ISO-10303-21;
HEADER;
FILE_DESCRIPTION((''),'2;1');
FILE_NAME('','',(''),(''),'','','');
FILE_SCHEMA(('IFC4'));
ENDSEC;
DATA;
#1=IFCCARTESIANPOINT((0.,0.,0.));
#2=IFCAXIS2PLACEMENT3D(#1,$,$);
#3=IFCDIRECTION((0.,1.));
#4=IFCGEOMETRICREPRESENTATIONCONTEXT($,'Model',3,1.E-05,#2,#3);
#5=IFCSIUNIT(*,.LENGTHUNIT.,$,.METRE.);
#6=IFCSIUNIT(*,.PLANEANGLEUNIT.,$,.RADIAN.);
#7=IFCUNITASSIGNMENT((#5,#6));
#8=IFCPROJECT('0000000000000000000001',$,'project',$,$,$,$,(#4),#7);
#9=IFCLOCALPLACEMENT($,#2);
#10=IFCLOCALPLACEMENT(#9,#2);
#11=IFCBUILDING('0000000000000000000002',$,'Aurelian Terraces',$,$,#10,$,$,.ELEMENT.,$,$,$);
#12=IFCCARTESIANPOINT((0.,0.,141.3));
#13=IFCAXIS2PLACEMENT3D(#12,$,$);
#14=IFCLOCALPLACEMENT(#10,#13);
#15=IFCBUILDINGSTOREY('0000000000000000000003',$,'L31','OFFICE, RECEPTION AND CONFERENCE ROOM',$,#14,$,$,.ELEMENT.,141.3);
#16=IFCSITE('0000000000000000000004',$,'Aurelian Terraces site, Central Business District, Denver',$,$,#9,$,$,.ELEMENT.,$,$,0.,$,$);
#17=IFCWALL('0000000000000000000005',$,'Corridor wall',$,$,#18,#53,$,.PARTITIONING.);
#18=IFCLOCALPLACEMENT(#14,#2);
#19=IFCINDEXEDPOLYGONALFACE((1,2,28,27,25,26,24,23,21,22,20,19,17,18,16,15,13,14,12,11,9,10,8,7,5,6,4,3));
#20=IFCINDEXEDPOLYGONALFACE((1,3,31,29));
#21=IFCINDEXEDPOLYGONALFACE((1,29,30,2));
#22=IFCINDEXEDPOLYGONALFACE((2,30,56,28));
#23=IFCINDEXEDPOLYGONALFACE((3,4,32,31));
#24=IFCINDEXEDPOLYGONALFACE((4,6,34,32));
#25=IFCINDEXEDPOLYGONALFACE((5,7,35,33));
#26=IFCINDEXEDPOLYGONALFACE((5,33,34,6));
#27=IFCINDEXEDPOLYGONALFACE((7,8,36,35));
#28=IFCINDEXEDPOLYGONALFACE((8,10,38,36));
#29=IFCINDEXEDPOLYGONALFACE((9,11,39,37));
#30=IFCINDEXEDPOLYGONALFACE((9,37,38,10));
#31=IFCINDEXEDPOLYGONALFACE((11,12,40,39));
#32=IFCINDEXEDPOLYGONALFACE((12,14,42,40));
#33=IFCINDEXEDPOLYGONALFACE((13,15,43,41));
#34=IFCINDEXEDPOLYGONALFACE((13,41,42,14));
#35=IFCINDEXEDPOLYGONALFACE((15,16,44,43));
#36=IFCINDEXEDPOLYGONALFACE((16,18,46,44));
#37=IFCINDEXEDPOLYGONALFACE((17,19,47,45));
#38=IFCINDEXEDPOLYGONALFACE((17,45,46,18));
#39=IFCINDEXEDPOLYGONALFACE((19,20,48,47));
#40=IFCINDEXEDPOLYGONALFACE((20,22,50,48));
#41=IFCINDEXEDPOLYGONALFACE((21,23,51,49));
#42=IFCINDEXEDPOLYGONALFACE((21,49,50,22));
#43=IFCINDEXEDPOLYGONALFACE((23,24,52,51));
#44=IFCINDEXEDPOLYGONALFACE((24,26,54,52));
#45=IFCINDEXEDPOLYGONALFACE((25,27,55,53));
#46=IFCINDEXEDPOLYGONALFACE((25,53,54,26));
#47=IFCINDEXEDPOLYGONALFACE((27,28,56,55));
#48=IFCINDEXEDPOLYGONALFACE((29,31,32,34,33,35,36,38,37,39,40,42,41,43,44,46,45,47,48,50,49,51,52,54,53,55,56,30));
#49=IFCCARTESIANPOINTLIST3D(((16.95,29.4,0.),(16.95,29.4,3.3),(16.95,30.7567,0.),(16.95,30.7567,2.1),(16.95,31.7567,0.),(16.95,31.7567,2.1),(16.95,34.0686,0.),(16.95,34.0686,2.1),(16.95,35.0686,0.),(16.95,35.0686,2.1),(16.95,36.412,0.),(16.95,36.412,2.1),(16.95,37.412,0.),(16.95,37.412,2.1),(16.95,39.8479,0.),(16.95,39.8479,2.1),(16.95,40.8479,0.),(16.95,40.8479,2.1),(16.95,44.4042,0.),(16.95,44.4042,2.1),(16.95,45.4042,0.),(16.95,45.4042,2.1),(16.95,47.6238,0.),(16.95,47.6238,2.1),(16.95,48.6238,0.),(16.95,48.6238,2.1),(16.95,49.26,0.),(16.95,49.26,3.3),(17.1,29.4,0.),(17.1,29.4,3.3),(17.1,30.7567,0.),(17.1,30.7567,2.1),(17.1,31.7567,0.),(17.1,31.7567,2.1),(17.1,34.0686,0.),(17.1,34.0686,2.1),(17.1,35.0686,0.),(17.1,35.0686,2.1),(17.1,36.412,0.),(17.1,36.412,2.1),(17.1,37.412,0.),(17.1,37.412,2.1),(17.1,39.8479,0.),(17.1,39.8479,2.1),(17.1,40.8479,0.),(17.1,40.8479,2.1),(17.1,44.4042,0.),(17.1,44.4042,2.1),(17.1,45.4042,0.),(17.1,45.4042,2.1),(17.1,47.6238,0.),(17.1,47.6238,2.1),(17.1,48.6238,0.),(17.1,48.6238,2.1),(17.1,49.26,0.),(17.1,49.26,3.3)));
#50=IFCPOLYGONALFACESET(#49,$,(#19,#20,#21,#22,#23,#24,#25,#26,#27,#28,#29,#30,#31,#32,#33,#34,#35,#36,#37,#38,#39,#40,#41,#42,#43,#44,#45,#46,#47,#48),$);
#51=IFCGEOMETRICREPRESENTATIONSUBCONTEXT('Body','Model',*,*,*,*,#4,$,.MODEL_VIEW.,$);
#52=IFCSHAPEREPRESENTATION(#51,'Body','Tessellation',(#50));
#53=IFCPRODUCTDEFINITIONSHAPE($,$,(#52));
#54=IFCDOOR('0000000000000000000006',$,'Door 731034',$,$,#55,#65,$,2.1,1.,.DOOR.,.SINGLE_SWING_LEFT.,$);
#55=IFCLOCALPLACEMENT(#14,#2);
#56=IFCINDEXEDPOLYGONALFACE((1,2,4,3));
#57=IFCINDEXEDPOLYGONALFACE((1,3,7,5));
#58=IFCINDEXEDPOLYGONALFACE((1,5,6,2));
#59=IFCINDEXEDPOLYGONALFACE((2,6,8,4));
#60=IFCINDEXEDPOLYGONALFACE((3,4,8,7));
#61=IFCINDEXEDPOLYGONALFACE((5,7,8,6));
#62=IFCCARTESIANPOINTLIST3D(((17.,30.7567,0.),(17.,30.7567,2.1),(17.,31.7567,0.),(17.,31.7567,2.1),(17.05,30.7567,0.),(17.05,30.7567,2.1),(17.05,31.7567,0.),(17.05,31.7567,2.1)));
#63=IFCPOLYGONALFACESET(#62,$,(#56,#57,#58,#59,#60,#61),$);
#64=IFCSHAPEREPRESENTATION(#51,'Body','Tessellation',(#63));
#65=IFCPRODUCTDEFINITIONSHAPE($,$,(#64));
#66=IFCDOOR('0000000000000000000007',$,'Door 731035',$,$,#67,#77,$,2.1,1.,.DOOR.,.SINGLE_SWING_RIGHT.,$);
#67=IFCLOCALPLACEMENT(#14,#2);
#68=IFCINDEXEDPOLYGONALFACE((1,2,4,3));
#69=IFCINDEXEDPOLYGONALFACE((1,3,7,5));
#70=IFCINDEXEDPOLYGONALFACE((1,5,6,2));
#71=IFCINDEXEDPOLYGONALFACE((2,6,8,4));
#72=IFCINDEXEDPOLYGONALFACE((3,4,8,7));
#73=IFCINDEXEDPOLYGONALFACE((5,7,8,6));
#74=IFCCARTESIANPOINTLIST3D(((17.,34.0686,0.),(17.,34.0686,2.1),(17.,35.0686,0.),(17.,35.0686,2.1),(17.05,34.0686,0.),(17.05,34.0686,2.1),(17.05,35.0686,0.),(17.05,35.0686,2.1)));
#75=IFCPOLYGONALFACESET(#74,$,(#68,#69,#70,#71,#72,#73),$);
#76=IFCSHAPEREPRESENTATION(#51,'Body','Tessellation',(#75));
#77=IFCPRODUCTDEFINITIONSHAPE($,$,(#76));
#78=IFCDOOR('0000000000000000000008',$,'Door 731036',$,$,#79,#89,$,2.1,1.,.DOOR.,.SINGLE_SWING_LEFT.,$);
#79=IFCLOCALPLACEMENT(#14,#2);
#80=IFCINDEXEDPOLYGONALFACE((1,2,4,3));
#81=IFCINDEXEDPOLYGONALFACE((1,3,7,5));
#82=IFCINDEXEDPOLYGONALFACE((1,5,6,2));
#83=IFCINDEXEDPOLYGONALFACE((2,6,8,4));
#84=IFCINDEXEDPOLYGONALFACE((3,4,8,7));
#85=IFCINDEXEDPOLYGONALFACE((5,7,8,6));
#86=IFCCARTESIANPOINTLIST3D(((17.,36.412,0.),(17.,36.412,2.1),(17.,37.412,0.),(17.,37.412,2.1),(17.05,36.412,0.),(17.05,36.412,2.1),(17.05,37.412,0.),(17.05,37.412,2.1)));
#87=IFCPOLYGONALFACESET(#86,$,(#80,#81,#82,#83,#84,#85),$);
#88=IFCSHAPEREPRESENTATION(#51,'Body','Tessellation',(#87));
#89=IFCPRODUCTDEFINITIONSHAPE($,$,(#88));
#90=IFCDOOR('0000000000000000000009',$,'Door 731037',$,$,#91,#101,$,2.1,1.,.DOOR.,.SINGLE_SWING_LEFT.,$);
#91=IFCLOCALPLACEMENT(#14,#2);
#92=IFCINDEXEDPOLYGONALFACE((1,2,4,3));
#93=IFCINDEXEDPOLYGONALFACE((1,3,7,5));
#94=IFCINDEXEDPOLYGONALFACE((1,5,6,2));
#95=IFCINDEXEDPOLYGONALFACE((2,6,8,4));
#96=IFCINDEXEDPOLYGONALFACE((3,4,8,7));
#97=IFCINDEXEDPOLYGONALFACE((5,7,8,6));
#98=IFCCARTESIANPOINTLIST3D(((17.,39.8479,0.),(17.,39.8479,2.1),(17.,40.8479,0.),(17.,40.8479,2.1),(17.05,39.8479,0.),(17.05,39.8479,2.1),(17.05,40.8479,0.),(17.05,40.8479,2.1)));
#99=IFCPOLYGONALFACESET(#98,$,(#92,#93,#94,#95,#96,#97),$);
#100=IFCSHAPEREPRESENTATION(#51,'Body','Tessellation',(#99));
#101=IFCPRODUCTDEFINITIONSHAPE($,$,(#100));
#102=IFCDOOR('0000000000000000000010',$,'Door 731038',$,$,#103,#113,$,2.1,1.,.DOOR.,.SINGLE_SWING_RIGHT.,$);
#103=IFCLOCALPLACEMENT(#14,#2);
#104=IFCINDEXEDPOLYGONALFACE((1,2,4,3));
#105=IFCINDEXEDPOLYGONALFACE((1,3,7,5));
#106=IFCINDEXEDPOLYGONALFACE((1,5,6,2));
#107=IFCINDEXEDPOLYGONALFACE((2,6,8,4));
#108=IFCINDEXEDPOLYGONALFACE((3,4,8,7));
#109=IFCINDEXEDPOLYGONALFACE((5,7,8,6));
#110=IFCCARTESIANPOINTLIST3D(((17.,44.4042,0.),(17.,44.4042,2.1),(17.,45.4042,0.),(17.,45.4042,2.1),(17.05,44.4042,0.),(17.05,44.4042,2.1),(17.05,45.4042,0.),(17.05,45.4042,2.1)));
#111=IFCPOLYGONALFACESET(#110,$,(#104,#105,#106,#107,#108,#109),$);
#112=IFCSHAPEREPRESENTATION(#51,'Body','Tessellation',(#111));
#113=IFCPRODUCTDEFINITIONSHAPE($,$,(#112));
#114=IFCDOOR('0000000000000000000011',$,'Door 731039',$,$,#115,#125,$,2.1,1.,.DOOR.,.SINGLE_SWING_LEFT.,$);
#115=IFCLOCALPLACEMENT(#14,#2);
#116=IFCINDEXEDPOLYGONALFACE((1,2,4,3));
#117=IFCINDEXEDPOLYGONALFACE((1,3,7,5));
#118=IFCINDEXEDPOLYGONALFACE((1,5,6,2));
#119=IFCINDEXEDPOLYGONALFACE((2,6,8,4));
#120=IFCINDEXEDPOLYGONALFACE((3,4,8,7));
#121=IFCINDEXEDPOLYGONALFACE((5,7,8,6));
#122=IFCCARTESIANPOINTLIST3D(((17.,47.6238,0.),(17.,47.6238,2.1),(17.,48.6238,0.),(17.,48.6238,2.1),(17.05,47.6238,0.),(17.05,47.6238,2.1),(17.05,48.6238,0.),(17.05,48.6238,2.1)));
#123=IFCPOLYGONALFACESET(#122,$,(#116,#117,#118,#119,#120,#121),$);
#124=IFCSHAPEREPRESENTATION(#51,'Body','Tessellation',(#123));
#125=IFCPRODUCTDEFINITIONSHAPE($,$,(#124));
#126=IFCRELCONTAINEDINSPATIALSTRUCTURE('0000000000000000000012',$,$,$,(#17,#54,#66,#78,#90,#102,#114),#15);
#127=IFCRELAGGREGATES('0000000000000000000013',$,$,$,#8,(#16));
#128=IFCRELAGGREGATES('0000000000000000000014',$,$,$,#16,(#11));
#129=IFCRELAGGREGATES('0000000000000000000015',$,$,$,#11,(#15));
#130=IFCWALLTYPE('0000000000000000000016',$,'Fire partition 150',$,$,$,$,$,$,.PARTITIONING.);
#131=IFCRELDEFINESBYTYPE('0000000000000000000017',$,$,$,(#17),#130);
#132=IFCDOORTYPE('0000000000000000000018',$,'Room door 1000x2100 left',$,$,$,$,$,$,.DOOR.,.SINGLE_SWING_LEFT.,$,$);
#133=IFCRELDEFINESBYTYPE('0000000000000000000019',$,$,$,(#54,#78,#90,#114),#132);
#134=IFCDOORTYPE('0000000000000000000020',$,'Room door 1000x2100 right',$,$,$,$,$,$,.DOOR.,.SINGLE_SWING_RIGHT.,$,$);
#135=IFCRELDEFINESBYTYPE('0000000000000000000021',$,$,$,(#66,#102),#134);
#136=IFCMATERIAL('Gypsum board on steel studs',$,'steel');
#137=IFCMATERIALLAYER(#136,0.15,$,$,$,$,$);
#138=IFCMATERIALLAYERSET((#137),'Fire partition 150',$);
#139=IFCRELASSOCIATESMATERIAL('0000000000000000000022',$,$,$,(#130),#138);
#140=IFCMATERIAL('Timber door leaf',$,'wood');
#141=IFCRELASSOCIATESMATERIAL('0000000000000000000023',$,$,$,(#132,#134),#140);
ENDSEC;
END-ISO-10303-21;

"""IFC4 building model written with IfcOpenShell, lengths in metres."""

from ifc_helpers import new_model, si_unit, direction, frame, frame_2d, origin, place, context, subcontext, project, spatial, rectangle, extrude, source, transform, mapped, material, layer, layer_set, type_object, element, fill, save


model = new_model("IFC4")

# Units and contexts
model_context = context("Model", 3, precision=1e-05, world=origin(), true_north=direction((0.0, 1.0)))
body_context = subcontext(model_context, "Body", "Model", "MODEL_VIEW")
ifc_project = project(units=[si_unit("LENGTHUNIT", "METRE"), si_unit("PLANEANGLEUNIT", "RADIAN")], contexts=[model_context])

# Site, building, storey
site_placement = place(None, origin())
site = spatial("IfcSite", under=ifc_project, at=site_placement, Name="Aurelian Terraces site, Central Business District, Denver", CompositionType="ELEMENT", RefElevation=0.0)
building_placement = place(site_placement, origin())
building = spatial("IfcBuilding", under=site, at=building_placement, Name="Aurelian Terraces", CompositionType="ELEMENT")
storey_placement = place(building_placement, frame((0.0, 0.0, 141.3)))
storey = spatial("IfcBuildingStorey", under=building, at=storey_placement, Name="L31", Description="OFFICE, RECEPTION AND CONFERENCE ROOM", CompositionType="ELEMENT", Elevation=141.3)

# Shared definitions
ifc_material_1 = material(Name="Gypsum board on steel studs", Category="steel")

# Shared definitions
ifc_layer_1 = layer(ifc_material_1, 0.15)
ifc_layer_set_1 = layer_set([ifc_layer_1], Name="Fire partition 150")
wall_type_1 = type_object("IfcWallType", Name="Fire partition 150", PredefinedType="PARTITIONING", material=ifc_layer_set_1)
ifc_material_2 = material(Name="Timber door leaf", Category="wood")

# Wall, openings, doors
shared_shape_1 = source(origin(), body_context, "Body", "SweptSolid", [
    extrude(rectangle(XDim=19.86, YDim=0.15, at=frame_2d((9.93, 0.0))), origin(), (0.0, 0.0, 1.0), 3.3),
])
wall_1_placement = place(storey_placement, frame((17.025, 49.26, 0.0), z_axis=(0.0, 0.0, 1.0), x_axis=(0.0, -1.0, 0.0)))
wall_1 = element("IfcWall", 1, at=wall_1_placement, inside=storey, type_object=wall_type_1, Name="Corridor wall", PredefinedType="PARTITIONING", context=body_context, shape_type="MappedRepresentation", body=[
    mapped(shared_shape_1, transform((0.0, 0.0, 0.0), scale=1.0)),
])
shared_shape_2 = source(origin(), body_context, "Body", "SweptSolid", [
    extrude(rectangle(XDim=1.0, YDim=2.1, at=frame_2d((0.5, 1.05))), frame((0.0, 0.085, 0.0), z_axis=(0.0, -1.0, 0.0), x_axis=(1.0, 0.0, 0.0)), (0.0, 0.0, 1.0), 0.17),
])
opening_1_placement = place(wall_1_placement, frame((17.5033, 0.0, 0.0)))
opening_1 = element("IfcOpeningElement", 2, at=opening_1_placement, cuts=wall_1, PredefinedType="OPENING", context=body_context, shape_type="MappedRepresentation", body=[
    mapped(shared_shape_2, transform((0.0, 0.0, 0.0), scale=1.0)),
])
opening_2_placement = place(wall_1_placement, frame((14.1914, 0.0, 0.0)))
opening_2 = element("IfcOpeningElement", 3, at=opening_2_placement, cuts=wall_1, PredefinedType="OPENING", context=body_context, shape_type="MappedRepresentation", body=[
    mapped(shared_shape_2, transform((0.0, 0.0, 0.0), scale=1.0)),
])
opening_3_placement = place(wall_1_placement, frame((11.848, 0.0, 0.0)))
opening_3 = element("IfcOpeningElement", 4, at=opening_3_placement, cuts=wall_1, PredefinedType="OPENING", context=body_context, shape_type="MappedRepresentation", body=[
    mapped(shared_shape_2, transform((0.0, 0.0, 0.0), scale=1.0)),
])
opening_4_placement = place(wall_1_placement, frame((8.4121, 0.0, 0.0)))
opening_4 = element("IfcOpeningElement", 5, at=opening_4_placement, cuts=wall_1, PredefinedType="OPENING", context=body_context, shape_type="MappedRepresentation", body=[
    mapped(shared_shape_2, transform((0.0, 0.0, 0.0), scale=1.0)),
])
opening_5_placement = place(wall_1_placement, frame((3.8558, 0.0, 0.0)))
opening_5 = element("IfcOpeningElement", 6, at=opening_5_placement, cuts=wall_1, PredefinedType="OPENING", context=body_context, shape_type="MappedRepresentation", body=[
    mapped(shared_shape_2, transform((0.0, 0.0, 0.0), scale=1.0)),
])
opening_6_placement = place(wall_1_placement, frame((0.6362, 0.0, 0.0)))
opening_6 = element("IfcOpeningElement", 7, at=opening_6_placement, cuts=wall_1, PredefinedType="OPENING", context=body_context, shape_type="MappedRepresentation", body=[
    mapped(shared_shape_2, transform((0.0, 0.0, 0.0), scale=1.0)),
])
door_type_1 = type_object("IfcDoorType", Name="Room door 1000x2100 left", OperationType="SINGLE_SWING_LEFT", PredefinedType="DOOR", material=ifc_material_2)
shared_shape_3 = source(origin(), body_context, "Body", "SweptSolid", [
    extrude(rectangle(XDim=1.0, YDim=2.1, at=frame_2d((0.5, 1.05))), frame((0.0, 0.025, 0.0), z_axis=(0.0, -1.0, 0.0), x_axis=(1.0, 0.0, 0.0)), (0.0, 0.0, 1.0), 0.05),
])
door_1_placement = place(opening_1_placement, origin())
door_1 = element("IfcDoor", 8, at=door_1_placement, inside=storey, type_object=door_type_1, Name="Door 731034", OperationType="SINGLE_SWING_LEFT", OverallHeight=2.1, OverallWidth=1.0, PredefinedType="DOOR", context=body_context, shape_type="MappedRepresentation", body=[
    mapped(shared_shape_3, transform((0.0, 0.0, 0.0), scale=1.0)),
])
fill(opening_1, door_1)
door_type_2 = type_object("IfcDoorType", Name="Room door 1000x2100 right", OperationType="SINGLE_SWING_RIGHT", PredefinedType="DOOR", material=ifc_material_2)
door_2_placement = place(opening_2_placement, origin())
door_2 = element("IfcDoor", 9, at=door_2_placement, inside=storey, type_object=door_type_2, Name="Door 731035", OperationType="SINGLE_SWING_RIGHT", OverallHeight=2.1, OverallWidth=1.0, PredefinedType="DOOR", context=body_context, shape_type="MappedRepresentation", body=[
    mapped(shared_shape_3, transform((0.0, 0.0, 0.0), scale=1.0)),
])
fill(opening_2, door_2)
door_3_placement = place(opening_3_placement, origin())
door_3 = element("IfcDoor", 10, at=door_3_placement, inside=storey, type_object=door_type_1, Name="Door 731036", OperationType="SINGLE_SWING_LEFT", OverallHeight=2.1, OverallWidth=1.0, PredefinedType="DOOR", context=body_context, shape_type="MappedRepresentation", body=[
    mapped(shared_shape_3, transform((0.0, 0.0, 0.0), scale=1.0)),
])
fill(opening_3, door_3)
door_4_placement = place(opening_4_placement, origin())
door_4 = element("IfcDoor", 11, at=door_4_placement, inside=storey, type_object=door_type_1, Name="Door 731037", OperationType="SINGLE_SWING_LEFT", OverallHeight=2.1, OverallWidth=1.0, PredefinedType="DOOR", context=body_context, shape_type="MappedRepresentation", body=[
    mapped(shared_shape_3, transform((0.0, 0.0, 0.0), scale=1.0)),
])
fill(opening_4, door_4)
door_5_placement = place(opening_5_placement, origin())
door_5 = element("IfcDoor", 12, at=door_5_placement, inside=storey, type_object=door_type_2, Name="Door 731038", OperationType="SINGLE_SWING_RIGHT", OverallHeight=2.1, OverallWidth=1.0, PredefinedType="DOOR", context=body_context, shape_type="MappedRepresentation", body=[
    mapped(shared_shape_3, transform((0.0, 0.0, 0.0), scale=1.0)),
])
fill(opening_5, door_5)
door_6_placement = place(opening_6_placement, origin())
door_6 = element("IfcDoor", 13, at=door_6_placement, inside=storey, type_object=door_type_1, Name="Door 731039", OperationType="SINGLE_SWING_LEFT", OverallHeight=2.1, OverallWidth=1.0, PredefinedType="DOOR", context=body_context, shape_type="MappedRepresentation", body=[
    mapped(shared_shape_3, transform((0.0, 0.0, 0.0), scale=1.0)),
])
fill(opening_6, door_6)

save(model, "model.ifc")
